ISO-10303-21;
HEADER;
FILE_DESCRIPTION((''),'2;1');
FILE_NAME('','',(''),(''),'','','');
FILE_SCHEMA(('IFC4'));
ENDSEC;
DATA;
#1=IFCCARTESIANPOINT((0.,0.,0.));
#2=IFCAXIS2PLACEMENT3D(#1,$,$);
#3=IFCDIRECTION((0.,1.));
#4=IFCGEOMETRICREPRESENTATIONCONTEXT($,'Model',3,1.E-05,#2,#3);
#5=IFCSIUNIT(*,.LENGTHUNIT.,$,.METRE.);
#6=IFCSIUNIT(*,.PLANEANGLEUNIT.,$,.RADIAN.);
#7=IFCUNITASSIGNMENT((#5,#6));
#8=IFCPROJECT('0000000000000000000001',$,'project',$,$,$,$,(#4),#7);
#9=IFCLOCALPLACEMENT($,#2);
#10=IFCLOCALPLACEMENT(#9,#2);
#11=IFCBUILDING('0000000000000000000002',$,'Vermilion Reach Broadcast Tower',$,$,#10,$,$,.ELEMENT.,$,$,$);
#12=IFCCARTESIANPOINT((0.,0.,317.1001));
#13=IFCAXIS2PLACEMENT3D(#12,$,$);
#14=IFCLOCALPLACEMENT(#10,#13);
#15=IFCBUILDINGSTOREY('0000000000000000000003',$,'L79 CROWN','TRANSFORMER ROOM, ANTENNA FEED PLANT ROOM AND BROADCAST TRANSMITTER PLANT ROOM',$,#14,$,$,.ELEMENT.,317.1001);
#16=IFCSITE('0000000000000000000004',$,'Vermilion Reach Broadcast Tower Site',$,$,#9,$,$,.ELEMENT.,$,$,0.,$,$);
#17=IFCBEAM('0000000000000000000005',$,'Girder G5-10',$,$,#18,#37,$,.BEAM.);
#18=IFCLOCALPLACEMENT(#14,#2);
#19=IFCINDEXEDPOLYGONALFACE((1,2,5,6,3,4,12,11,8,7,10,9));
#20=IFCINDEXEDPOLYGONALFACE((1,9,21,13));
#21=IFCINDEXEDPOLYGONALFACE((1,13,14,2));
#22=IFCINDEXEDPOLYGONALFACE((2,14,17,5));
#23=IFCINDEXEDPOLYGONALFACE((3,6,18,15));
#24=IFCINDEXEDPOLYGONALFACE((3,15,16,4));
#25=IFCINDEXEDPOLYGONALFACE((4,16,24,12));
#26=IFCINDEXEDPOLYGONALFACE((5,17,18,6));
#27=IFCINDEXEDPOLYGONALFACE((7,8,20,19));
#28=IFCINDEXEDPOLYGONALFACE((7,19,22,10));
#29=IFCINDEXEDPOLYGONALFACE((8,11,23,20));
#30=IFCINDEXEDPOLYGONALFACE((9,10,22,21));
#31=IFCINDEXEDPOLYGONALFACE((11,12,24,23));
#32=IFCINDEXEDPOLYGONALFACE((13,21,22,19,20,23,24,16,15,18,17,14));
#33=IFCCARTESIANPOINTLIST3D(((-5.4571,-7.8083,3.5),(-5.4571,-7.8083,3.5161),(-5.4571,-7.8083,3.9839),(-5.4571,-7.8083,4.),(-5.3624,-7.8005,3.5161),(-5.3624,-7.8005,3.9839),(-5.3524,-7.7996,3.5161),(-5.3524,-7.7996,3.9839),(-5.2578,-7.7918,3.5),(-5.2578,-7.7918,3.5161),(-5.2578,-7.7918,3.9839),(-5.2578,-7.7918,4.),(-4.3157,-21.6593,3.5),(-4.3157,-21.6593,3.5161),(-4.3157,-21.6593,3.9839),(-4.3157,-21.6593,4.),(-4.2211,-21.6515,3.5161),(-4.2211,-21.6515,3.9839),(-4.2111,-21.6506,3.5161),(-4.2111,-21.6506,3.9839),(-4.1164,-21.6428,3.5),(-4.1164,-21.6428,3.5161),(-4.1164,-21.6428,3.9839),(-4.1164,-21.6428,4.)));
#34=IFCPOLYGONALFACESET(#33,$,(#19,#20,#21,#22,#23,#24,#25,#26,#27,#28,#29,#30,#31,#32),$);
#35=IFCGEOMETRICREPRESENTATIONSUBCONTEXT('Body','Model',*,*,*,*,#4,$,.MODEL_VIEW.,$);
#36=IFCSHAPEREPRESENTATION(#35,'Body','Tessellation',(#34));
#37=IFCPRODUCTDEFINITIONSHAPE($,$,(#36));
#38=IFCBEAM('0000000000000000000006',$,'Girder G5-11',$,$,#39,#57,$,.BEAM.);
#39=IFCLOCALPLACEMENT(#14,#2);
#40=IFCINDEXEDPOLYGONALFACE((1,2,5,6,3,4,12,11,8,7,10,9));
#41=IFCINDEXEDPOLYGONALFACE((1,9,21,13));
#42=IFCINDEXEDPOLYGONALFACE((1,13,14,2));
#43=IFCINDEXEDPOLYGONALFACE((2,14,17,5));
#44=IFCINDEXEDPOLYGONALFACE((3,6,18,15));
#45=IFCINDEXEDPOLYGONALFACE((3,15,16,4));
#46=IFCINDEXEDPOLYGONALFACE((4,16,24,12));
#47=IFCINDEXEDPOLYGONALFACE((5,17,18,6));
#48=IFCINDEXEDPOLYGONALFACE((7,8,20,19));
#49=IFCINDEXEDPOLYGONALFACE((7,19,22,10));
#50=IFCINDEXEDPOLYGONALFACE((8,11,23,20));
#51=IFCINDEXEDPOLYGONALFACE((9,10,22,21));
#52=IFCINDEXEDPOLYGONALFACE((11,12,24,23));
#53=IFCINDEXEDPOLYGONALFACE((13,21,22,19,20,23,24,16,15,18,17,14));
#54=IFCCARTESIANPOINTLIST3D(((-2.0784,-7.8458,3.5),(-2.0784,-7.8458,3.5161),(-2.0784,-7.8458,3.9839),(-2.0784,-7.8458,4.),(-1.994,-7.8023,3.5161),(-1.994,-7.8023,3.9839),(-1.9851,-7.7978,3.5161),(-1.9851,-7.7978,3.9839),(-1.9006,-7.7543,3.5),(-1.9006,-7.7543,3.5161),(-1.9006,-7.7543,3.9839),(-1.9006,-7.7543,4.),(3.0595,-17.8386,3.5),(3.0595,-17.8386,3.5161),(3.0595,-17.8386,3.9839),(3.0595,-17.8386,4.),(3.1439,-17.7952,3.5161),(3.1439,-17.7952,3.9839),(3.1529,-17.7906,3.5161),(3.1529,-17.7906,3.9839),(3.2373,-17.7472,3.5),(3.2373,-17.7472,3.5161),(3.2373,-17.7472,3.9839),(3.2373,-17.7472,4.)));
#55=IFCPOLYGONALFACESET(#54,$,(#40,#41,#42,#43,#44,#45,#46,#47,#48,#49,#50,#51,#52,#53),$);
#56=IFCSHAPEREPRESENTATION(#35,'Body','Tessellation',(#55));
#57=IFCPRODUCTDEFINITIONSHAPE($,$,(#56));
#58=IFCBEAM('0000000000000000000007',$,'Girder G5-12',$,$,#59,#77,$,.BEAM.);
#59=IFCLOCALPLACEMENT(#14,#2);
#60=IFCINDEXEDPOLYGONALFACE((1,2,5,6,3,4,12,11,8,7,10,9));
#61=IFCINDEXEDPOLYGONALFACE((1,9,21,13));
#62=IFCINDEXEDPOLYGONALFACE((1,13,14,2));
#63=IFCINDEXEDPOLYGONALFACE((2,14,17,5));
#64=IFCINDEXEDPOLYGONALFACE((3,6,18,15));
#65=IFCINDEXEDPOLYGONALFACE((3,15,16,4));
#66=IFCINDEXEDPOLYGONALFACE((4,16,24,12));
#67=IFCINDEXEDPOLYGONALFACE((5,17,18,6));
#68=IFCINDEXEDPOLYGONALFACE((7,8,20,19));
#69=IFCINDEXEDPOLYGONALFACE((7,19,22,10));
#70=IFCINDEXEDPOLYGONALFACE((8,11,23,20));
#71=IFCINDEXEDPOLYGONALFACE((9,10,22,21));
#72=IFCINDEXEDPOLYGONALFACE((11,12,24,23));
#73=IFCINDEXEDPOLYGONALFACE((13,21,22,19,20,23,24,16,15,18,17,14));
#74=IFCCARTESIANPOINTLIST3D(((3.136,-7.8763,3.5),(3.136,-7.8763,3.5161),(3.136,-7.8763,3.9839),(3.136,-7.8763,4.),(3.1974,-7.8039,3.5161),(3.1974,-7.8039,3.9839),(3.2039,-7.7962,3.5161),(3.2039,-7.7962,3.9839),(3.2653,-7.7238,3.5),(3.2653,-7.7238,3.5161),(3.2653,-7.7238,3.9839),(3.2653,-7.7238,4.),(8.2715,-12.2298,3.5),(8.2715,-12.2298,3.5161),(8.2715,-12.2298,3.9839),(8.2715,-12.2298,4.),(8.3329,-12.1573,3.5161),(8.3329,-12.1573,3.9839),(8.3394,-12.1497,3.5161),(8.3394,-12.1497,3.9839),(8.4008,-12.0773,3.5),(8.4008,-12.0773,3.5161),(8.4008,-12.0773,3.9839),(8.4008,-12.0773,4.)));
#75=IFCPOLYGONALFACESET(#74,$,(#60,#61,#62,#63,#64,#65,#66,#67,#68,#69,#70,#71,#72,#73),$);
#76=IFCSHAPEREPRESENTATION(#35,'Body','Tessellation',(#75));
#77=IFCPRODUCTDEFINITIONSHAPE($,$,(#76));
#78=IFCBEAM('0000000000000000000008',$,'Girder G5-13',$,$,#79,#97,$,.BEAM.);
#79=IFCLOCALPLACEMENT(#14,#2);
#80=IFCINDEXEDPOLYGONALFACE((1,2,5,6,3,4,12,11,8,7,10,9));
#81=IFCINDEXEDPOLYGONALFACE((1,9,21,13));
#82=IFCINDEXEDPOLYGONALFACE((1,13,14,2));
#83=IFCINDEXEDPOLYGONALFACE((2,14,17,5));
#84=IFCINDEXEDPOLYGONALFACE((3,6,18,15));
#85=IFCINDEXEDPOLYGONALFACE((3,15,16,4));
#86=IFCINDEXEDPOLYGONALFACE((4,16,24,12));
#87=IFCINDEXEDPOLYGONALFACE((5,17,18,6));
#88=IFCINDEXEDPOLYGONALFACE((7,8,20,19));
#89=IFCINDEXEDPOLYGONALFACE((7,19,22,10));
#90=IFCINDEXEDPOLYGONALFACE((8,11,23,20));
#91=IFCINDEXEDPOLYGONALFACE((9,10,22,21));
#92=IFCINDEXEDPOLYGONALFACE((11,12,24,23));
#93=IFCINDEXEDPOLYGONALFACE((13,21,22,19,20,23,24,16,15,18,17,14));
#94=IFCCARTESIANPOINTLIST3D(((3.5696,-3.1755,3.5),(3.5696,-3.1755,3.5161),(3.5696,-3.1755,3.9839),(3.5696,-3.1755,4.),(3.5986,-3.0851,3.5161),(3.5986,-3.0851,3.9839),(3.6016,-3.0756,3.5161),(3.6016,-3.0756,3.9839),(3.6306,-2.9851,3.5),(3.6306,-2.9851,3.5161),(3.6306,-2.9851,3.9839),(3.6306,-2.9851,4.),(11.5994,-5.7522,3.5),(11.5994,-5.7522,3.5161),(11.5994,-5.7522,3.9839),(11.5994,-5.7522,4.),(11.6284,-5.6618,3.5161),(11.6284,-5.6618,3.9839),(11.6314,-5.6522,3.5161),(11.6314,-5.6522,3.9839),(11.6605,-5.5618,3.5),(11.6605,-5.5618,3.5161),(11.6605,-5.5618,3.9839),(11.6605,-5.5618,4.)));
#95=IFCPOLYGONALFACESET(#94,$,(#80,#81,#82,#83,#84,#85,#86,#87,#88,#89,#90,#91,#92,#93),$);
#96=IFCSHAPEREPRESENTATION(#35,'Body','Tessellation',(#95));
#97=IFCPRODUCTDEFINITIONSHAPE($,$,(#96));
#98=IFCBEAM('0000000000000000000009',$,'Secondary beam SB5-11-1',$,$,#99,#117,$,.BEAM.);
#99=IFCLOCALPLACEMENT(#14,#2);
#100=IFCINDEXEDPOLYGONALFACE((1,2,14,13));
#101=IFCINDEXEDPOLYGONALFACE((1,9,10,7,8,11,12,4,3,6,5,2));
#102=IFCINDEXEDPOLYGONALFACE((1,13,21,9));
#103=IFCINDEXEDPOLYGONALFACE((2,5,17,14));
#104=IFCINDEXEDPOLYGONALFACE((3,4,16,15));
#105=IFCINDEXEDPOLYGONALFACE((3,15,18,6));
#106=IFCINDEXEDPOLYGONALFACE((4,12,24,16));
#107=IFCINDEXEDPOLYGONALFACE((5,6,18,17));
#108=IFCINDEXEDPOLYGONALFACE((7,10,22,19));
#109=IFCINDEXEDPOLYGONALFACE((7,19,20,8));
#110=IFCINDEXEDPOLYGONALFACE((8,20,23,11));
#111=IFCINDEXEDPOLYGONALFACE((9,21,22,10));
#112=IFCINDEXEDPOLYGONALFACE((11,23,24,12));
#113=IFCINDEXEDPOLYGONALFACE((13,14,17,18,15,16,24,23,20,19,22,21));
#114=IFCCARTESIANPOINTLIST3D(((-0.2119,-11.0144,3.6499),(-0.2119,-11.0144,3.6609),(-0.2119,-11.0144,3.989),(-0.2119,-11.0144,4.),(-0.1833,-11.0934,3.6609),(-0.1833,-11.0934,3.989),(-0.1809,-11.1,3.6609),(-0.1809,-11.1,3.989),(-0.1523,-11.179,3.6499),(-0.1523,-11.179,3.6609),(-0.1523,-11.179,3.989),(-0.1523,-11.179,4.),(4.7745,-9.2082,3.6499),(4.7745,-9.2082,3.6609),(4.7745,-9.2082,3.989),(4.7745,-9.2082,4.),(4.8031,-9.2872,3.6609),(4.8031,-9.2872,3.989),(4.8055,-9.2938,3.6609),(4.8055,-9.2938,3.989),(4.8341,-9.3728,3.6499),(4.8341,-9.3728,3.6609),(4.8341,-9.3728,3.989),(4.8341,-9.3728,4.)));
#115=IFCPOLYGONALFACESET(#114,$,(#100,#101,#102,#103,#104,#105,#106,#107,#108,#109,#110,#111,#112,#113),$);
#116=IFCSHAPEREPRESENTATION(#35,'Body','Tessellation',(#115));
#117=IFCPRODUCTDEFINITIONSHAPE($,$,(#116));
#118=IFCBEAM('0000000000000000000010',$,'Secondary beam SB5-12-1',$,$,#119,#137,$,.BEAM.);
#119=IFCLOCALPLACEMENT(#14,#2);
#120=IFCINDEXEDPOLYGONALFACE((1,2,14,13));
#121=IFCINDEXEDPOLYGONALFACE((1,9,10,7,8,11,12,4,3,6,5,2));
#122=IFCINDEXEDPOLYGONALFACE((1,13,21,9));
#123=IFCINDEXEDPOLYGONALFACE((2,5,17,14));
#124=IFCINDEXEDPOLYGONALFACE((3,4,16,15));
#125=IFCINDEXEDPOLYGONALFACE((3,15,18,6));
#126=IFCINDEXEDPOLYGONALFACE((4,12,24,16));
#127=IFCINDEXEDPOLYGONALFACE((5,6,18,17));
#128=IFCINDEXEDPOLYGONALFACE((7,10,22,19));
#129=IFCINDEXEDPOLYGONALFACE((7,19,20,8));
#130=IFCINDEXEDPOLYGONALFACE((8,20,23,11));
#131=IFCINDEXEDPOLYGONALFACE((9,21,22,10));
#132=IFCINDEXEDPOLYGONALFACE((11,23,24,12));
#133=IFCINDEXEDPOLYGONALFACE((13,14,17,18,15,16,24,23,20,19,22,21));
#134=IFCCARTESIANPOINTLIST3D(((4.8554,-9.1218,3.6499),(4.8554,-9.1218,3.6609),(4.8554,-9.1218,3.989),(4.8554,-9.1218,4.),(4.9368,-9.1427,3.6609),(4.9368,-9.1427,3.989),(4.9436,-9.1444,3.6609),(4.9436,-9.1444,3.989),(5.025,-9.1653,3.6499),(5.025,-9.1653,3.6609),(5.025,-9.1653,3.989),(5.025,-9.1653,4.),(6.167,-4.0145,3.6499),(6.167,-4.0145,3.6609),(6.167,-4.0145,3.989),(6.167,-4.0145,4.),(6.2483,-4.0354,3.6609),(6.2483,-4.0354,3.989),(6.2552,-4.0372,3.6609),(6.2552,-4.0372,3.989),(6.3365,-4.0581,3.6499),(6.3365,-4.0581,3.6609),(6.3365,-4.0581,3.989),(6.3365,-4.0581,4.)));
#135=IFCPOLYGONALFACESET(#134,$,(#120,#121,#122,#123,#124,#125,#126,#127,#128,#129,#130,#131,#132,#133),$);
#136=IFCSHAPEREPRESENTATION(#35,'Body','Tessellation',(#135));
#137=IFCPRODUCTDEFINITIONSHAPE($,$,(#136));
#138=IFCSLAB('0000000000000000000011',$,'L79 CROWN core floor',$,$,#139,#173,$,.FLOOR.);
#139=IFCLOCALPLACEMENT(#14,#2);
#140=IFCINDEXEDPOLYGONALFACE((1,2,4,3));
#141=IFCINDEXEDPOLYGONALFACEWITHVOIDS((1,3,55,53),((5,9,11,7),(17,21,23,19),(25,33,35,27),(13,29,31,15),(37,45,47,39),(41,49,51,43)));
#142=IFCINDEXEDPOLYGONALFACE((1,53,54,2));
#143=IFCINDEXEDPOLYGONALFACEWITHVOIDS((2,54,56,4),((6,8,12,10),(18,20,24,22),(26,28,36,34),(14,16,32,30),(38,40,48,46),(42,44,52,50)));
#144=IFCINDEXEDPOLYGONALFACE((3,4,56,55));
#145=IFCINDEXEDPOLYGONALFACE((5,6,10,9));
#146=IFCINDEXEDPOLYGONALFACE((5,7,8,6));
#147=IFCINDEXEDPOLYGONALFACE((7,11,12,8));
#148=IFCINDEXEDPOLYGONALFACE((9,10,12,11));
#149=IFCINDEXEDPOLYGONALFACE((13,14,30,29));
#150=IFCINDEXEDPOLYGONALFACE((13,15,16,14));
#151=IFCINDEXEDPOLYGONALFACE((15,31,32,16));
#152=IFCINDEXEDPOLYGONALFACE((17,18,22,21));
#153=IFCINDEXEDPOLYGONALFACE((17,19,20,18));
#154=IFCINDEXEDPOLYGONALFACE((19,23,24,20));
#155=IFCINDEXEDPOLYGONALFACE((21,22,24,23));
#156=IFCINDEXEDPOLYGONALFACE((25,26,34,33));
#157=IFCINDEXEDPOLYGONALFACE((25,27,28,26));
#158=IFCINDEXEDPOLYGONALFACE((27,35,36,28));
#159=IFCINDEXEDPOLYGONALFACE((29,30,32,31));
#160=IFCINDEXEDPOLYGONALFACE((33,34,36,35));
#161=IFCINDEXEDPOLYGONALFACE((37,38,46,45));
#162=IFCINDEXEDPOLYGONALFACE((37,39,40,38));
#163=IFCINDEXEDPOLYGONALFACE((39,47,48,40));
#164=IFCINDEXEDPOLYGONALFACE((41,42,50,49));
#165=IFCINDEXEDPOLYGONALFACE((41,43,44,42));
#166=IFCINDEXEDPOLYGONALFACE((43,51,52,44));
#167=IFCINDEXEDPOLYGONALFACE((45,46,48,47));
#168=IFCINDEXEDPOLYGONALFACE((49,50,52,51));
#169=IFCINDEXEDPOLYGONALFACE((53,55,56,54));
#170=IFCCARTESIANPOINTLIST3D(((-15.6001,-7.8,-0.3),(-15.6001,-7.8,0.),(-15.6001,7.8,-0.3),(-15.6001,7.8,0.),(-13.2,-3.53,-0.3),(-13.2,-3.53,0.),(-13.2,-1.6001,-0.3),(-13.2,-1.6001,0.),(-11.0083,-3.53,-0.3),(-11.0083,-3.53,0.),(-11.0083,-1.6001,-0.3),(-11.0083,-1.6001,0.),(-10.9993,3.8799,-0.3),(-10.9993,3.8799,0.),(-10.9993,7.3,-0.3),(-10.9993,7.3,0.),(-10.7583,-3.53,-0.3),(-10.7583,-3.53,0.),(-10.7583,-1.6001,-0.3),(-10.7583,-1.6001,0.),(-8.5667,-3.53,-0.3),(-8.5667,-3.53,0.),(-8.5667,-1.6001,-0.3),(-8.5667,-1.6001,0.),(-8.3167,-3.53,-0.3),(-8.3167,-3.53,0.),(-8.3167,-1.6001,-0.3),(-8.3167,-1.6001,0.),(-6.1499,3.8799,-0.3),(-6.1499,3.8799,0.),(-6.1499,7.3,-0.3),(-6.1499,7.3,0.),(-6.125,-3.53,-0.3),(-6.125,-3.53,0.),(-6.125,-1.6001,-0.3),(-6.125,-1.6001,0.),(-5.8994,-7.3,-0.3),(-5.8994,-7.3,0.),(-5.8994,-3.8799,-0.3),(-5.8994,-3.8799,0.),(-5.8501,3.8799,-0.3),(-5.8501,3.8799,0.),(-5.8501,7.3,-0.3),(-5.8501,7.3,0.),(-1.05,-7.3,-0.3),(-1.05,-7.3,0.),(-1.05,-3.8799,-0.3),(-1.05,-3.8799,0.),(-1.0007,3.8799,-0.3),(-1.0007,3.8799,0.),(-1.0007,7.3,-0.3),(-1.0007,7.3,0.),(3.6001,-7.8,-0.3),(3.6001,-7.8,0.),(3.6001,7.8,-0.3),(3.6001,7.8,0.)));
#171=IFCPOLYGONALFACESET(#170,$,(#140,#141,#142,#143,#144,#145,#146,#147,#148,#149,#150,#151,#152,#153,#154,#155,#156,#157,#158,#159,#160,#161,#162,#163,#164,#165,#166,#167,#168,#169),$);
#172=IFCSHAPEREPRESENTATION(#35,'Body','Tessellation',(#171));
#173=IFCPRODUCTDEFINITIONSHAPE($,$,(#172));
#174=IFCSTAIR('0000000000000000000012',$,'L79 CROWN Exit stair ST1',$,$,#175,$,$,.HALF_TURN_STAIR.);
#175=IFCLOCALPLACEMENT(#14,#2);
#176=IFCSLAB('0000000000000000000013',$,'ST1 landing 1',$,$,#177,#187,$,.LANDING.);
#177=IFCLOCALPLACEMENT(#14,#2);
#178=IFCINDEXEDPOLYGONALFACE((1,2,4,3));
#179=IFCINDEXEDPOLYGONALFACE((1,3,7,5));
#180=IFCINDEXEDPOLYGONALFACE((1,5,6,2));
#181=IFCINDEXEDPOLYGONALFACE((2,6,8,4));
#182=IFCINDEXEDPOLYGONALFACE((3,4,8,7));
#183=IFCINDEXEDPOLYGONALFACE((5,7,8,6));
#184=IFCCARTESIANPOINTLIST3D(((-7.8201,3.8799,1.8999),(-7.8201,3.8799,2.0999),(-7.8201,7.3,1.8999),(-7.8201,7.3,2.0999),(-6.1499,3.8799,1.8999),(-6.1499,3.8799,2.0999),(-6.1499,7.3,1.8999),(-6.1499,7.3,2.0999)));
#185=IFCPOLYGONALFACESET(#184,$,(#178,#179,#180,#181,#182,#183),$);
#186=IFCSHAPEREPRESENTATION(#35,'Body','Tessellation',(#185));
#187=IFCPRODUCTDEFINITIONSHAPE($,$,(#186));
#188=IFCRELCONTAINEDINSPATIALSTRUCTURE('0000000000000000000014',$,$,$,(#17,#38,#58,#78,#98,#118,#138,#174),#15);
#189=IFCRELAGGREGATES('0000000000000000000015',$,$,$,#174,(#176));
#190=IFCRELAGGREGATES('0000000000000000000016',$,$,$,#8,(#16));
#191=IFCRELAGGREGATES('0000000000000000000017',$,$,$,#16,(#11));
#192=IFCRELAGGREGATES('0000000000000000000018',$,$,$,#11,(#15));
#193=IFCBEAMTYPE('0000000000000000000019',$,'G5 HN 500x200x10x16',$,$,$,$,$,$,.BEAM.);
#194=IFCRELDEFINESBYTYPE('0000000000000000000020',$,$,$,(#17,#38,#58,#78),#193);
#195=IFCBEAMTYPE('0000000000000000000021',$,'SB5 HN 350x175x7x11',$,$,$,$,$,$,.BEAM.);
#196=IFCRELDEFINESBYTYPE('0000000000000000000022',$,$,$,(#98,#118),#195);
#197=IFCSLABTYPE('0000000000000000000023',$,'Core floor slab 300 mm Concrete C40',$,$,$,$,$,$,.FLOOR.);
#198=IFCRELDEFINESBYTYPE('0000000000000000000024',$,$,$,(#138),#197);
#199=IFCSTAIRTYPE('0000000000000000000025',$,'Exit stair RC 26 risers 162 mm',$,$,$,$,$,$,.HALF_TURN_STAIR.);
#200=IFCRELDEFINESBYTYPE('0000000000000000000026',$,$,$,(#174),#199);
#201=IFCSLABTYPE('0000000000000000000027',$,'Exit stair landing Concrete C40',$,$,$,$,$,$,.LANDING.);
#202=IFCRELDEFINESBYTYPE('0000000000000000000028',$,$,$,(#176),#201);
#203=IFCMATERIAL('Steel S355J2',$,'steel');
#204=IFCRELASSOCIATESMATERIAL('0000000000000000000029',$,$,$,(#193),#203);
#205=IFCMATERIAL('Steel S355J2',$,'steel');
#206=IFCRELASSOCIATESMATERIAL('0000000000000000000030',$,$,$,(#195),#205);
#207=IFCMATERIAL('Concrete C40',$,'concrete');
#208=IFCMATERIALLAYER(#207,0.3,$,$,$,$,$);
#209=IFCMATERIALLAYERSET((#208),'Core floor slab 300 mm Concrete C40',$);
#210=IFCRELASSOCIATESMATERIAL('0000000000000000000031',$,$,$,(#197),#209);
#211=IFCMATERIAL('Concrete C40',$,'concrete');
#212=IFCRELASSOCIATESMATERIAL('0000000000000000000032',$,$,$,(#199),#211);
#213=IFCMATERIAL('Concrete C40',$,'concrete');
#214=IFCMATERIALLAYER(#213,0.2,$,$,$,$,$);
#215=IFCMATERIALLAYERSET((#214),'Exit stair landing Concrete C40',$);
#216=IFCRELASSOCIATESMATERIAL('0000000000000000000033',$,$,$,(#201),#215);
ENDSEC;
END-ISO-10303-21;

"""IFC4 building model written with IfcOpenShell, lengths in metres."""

from ifc_helpers import new_model, si_unit, direction, frame, origin, origin_2d, place, context, subcontext, project, spatial, polyline, i_section, outline, extrude, material, layer, layer_set, material_profile, profile_set, type_object, element, aggregate, save


model = new_model("IFC4")

# Units and contexts
model_context = context("Model", 3, precision=1e-05, world=origin(), true_north=direction((0.0, 1.0)))
body_context = subcontext(model_context, "Body", "Model", "MODEL_VIEW")
ifc_project = project(units=[si_unit("LENGTHUNIT", "METRE"), si_unit("PLANEANGLEUNIT", "RADIAN")], contexts=[model_context])

# Site, building, storey
site_placement = place(None, origin())
site = spatial("IfcSite", under=ifc_project, at=site_placement, Name="Vermilion Reach Broadcast Tower Site", CompositionType="ELEMENT", RefElevation=0.0)
building_placement = place(site_placement, origin())
building = spatial("IfcBuilding", under=site, at=building_placement, Name="Vermilion Reach Broadcast Tower", CompositionType="ELEMENT")
storey_placement = place(building_placement, frame((0.0, 0.0, 317.1001)))
storey = spatial("IfcBuildingStorey", under=building, at=storey_placement, Name="L79 CROWN", Description="TRANSFORMER ROOM, ANTENNA FEED PLANT ROOM AND BROADCAST TRANSMITTER PLANT ROOM", CompositionType="ELEMENT", Elevation=317.1001)

# Beams
ifc_material_1 = material(Name="Steel S355J2", Category="steel")
ifc_material_profile_1 = material_profile(ifc_material_1, i_section(OverallWidth=0.2, OverallDepth=0.5, WebThickness=0.01, FlangeThickness=0.0161, at=origin_2d()), Name="S355J2 HN 500x200x10x16")
ifc_profile_set_1 = profile_set([ifc_material_profile_1], Name="Steel S355J2")
beam_type_1 = type_object("IfcBeamType", Name="G5 HN 500x200x10x16", PredefinedType="BEAM", material=ifc_profile_set_1)
beam_1_placement = place(storey_placement, frame((-5.3574, -7.8, 3.75), z_axis=(0.082124, -0.996622, 0.0), x_axis=(0.996622, 0.082124, 0.0)))
element("IfcBeam", 1, at=beam_1_placement, inside=storey, type_object=beam_type_1, Name="Girder G5-10", PredefinedType="BEAM", context=body_context, shape_type="SweptSolid", body=[
    extrude(i_section(OverallWidth=0.2, OverallDepth=0.5, WebThickness=0.01, FlangeThickness=0.0161, at=origin_2d()), origin(), (0.0, 0.0, 1.0), 13.8979),
])
beam_2_placement = place(storey_placement, frame((-1.9895, -7.8, 3.75), z_axis=(0.457258, -0.889334, 0.0), x_axis=(0.889334, 0.457258, 0.0)))
element("IfcBeam", 2, at=beam_2_placement, inside=storey, type_object=beam_type_1, Name="Girder G5-11", PredefinedType="BEAM", context=body_context, shape_type="SweptSolid", body=[
    extrude(i_section(OverallWidth=0.2, OverallDepth=0.5, WebThickness=0.01, FlangeThickness=0.0161, at=origin_2d()), origin(), (0.0, 0.0, 1.0), 11.2363),
])
beam_3_placement = place(storey_placement, frame((3.2007, -7.8, 3.75), z_axis=(0.762793, -0.646643, 0.0), x_axis=(0.646643, 0.762793, 0.0)))
element("IfcBeam", 3, at=beam_3_placement, inside=storey, type_object=beam_type_1, Name="Girder G5-12", PredefinedType="BEAM", context=body_context, shape_type="SweptSolid", body=[
    extrude(i_section(OverallWidth=0.2, OverallDepth=0.5, WebThickness=0.01, FlangeThickness=0.0161, at=origin_2d()), origin(), (0.0, 0.0, 1.0), 6.7324),
])
beam_4_placement = place(storey_placement, frame((3.6001, -3.0803, 3.75), z_axis=(0.952178, -0.305542, 0.0), x_axis=(0.305542, 0.952178, 0.0)))
element("IfcBeam", 4, at=beam_4_placement, inside=storey, type_object=beam_type_1, Name="Girder G5-13", PredefinedType="BEAM", context=body_context, shape_type="SweptSolid", body=[
    extrude(i_section(OverallWidth=0.2, OverallDepth=0.5, WebThickness=0.01, FlangeThickness=0.0161, at=origin_2d()), origin(), (0.0, 0.0, 1.0), 8.4331),
])
ifc_material_2 = material(Name="Steel S355J2", Category="steel")
ifc_material_profile_2 = material_profile(ifc_material_2, i_section(OverallWidth=0.175, OverallDepth=0.3501, WebThickness=0.0071, FlangeThickness=0.011, at=origin_2d()), Name="S355J2 HN 350x175x7x11")
ifc_profile_set_2 = profile_set([ifc_material_profile_2], Name="Steel S355J2")
beam_type_2 = type_object("IfcBeamType", Name="SB5 HN 350x175x7x11", PredefinedType="BEAM", material=ifc_profile_set_2)
beam_5_placement = place(storey_placement, frame((-0.1821, -11.0967, 3.825), z_axis=(0.94022, 0.340567, 0.0), x_axis=(-0.340567, 0.94022, 0.0)))
element("IfcBeam", 5, at=beam_5_placement, inside=storey, type_object=beam_type_2, Name="Secondary beam SB5-11-1", PredefinedType="BEAM", context=body_context, shape_type="SweptSolid", body=[
    extrude(i_section(OverallWidth=0.175, OverallDepth=0.3501, WebThickness=0.0071, FlangeThickness=0.011, at=origin_2d()), origin(), (0.0, 0.0, 1.0), 5.3035),
])
beam_6_placement = place(storey_placement, frame((4.9402, -9.1436, 3.825), z_axis=(0.24873, 0.968573, 0.0), x_axis=(-0.968573, 0.24873, 0.0)))
element("IfcBeam", 6, at=beam_6_placement, inside=storey, type_object=beam_type_2, Name="Secondary beam SB5-12-1", PredefinedType="BEAM", context=body_context, shape_type="SweptSolid", body=[
    extrude(i_section(OverallWidth=0.175, OverallDepth=0.3501, WebThickness=0.0071, FlangeThickness=0.011, at=origin_2d()), origin(), (0.0, 0.0, 1.0), 5.2729),
])

# Slab
ifc_material_3 = material(Name="Concrete C40", Category="concrete")
ifc_layer_1 = layer(ifc_material_3, 0.3)
ifc_layer_set_1 = layer_set([ifc_layer_1], Name="Core floor slab 300 mm Concrete C40")
slab_type_1 = type_object("IfcSlabType", Name="Core floor slab 300 mm Concrete C40", PredefinedType="FLOOR", material=ifc_layer_set_1)
slab_1_placement = place(storey_placement, frame((0.0, 0.0, -0.3)))
element("IfcSlab", 7, at=slab_1_placement, inside=storey, type_object=slab_type_1, Name="L79 CROWN core floor", PredefinedType="FLOOR", context=body_context, shape_type="SweptSolid", body=[
    extrude(outline(polyline([(-15.6001, -7.8), (3.6001, -7.8), (3.6001, 7.8), (-15.6001, 7.8), (-15.6001, -7.8)]), holes=[polyline([(-13.2, -3.53), (-11.0083, -3.53), (-11.0083, -1.6001), (-13.2, -1.6001), (-13.2, -3.53)]), polyline([(-10.7583, -3.53), (-8.5667, -3.53), (-8.5667, -1.6001), (-10.7583, -1.6001), (-10.7583, -3.53)]), polyline([(-8.3167, -3.53), (-6.125, -3.53), (-6.125, -1.6001), (-8.3167, -1.6001), (-8.3167, -3.53)]), polyline([(-10.9993, 3.8799), (-6.1499, 3.8799), (-6.1499, 7.3), (-10.9993, 7.3), (-10.9993, 3.8799)]), polyline([(-1.0007, 7.3), (-5.8501, 7.3), (-5.8501, 3.8799), (-1.0007, 3.8799), (-1.0007, 7.3)]), polyline([(-5.8994, -7.3), (-1.05, -7.3), (-1.05, -3.8799), (-5.8994, -3.8799), (-5.8994, -7.3)])]), origin(), (0.0, 0.0, 1.0), 0.3),
])

# Stair, slab
ifc_material_4 = material(Name="Concrete C40", Category="concrete")
stair_type = type_object("IfcStairType", Name="Exit stair RC 26 risers 162 mm", PredefinedType="HALF_TURN_STAIR", material=ifc_material_4)
placement = place(storey_placement, origin())
stair_1 = element("IfcStair", 8, at=placement, inside=storey, type_object=stair_type, Name="L79 CROWN Exit stair ST1", PredefinedType="HALF_TURN_STAIR")
ifc_material_5 = material(Name="Concrete C40", Category="concrete")
ifc_layer_2 = layer(ifc_material_5, 0.2)
ifc_layer_set_2 = layer_set([ifc_layer_2], Name="Exit stair landing Concrete C40")
slab_type_2 = type_object("IfcSlabType", Name="Exit stair landing Concrete C40", PredefinedType="LANDING", material=ifc_layer_set_2)
slab_2_placement = place(storey_placement, frame((0.0, 0.0, 1.8999)))
slab_2 = element("IfcSlab", 9, at=slab_2_placement, type_object=slab_type_2, Name="ST1 landing 1", PredefinedType="LANDING", context=body_context, shape_type="SweptSolid", body=[
    extrude(outline(polyline([(-7.8201, 3.8799), (-6.1499, 3.8799), (-6.1499, 7.3), (-7.8201, 7.3), (-7.8201, 3.8799)])), origin(), (0.0, 0.0, 1.0), 0.2),
])
aggregate(stair_1, [slab_2])

save(model, "model.ifc")
